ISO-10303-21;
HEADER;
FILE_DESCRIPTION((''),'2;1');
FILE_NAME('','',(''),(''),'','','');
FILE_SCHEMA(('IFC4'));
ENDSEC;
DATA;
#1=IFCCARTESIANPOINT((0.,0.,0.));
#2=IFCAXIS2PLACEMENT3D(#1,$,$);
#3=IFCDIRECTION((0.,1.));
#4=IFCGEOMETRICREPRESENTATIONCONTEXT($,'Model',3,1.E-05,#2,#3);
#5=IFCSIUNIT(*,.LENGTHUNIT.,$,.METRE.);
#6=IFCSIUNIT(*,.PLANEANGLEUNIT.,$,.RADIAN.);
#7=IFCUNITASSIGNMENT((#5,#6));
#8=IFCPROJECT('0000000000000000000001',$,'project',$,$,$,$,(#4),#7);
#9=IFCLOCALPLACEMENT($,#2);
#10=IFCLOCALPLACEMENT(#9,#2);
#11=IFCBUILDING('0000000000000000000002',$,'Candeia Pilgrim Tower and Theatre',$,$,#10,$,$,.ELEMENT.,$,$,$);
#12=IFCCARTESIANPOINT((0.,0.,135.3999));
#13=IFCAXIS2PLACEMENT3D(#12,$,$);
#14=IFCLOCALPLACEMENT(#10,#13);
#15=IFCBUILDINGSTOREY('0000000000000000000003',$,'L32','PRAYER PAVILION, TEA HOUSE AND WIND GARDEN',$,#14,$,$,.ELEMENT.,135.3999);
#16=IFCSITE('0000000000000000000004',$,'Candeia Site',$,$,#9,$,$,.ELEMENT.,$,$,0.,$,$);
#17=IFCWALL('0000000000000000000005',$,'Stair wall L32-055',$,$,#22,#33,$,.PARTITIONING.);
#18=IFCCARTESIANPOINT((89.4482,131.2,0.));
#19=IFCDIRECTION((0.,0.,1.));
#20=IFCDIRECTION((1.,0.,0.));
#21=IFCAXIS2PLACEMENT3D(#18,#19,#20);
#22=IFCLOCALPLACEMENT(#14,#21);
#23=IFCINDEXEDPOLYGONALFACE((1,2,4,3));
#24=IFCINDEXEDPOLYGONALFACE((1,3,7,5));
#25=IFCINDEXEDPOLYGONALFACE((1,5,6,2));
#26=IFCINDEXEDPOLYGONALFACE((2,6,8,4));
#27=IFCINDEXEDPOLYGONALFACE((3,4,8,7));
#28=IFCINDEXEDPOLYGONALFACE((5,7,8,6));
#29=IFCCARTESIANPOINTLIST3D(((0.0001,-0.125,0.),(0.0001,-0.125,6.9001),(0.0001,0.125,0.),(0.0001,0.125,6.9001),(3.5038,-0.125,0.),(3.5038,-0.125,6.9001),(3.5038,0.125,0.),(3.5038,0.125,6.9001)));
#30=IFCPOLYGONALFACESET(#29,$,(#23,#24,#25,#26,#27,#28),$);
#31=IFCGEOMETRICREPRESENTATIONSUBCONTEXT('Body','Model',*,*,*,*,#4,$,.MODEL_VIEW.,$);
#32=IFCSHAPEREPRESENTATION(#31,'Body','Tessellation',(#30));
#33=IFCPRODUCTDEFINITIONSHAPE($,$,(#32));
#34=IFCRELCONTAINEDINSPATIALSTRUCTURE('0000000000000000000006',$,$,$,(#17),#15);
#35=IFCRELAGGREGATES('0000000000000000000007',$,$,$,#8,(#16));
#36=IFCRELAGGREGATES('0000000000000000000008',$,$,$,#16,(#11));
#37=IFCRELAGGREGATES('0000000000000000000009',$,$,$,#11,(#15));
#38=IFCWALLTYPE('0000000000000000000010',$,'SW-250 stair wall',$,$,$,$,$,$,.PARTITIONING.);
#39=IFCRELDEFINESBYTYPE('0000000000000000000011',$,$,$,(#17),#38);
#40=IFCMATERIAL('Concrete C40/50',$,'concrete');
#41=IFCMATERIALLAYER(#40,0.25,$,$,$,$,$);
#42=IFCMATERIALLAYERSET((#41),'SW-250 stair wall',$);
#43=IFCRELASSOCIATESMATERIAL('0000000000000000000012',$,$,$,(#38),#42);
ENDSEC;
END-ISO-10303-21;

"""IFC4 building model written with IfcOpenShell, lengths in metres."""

from ifc_helpers import new_model, si_unit, direction, frame, frame_2d, origin, place, context, subcontext, project, spatial, rectangle, extrude, material, layer, layer_set, type_object, element, save


model = new_model("IFC4")

# Units and contexts
model_context = context("Model", 3, precision=1e-05, world=origin(), true_north=direction((0.0, 1.0)))
body_context = subcontext(model_context, "Body", "Model", "MODEL_VIEW")
ifc_project = project(units=[si_unit("LENGTHUNIT", "METRE"), si_unit("PLANEANGLEUNIT", "RADIAN")], contexts=[model_context])

# Site, building, storey
site_placement = place(None, origin())
site = spatial("IfcSite", under=ifc_project, at=site_placement, Name="Candeia Site", CompositionType="ELEMENT", RefElevation=0.0)
building_placement = place(site_placement, origin())
building = spatial("IfcBuilding", under=site, at=building_placement, Name="Candeia Pilgrim Tower and Theatre", CompositionType="ELEMENT")
storey_placement = place(building_placement, frame((0.0, 0.0, 135.3999)))
storey = spatial("IfcBuildingStorey", under=building, at=storey_placement, Name="L32", Description="PRAYER PAVILION, TEA HOUSE AND WIND GARDEN", CompositionType="ELEMENT", Elevation=135.3999)

# Wall
ifc_material_1 = material(Name="Concrete C40/50", Category="concrete")
ifc_layer_1 = layer(ifc_material_1, 0.25)
ifc_layer_set_1 = layer_set([ifc_layer_1], Name="SW-250 stair wall")
wall_type_1 = type_object("IfcWallType", Name="SW-250 stair wall", PredefinedType="PARTITIONING", material=ifc_layer_set_1)
wall_1_placement = place(storey_placement, frame((89.4482, 131.2, 0.0), z_axis=(0.0, 0.0, 1.0), x_axis=(1.0, 0.0, 0.0)))
element("IfcWall", 1, at=wall_1_placement, inside=storey, type_object=wall_type_1, Name="Stair wall L32-055", PredefinedType="PARTITIONING", context=body_context, shape_type="SweptSolid", body=[
    extrude(rectangle(XDim=3.5037, YDim=0.25, at=frame_2d((1.752, 0.0))), origin(), (0.0, 0.0, 1.0), 6.9001),
])

save(model, "model.ifc")
